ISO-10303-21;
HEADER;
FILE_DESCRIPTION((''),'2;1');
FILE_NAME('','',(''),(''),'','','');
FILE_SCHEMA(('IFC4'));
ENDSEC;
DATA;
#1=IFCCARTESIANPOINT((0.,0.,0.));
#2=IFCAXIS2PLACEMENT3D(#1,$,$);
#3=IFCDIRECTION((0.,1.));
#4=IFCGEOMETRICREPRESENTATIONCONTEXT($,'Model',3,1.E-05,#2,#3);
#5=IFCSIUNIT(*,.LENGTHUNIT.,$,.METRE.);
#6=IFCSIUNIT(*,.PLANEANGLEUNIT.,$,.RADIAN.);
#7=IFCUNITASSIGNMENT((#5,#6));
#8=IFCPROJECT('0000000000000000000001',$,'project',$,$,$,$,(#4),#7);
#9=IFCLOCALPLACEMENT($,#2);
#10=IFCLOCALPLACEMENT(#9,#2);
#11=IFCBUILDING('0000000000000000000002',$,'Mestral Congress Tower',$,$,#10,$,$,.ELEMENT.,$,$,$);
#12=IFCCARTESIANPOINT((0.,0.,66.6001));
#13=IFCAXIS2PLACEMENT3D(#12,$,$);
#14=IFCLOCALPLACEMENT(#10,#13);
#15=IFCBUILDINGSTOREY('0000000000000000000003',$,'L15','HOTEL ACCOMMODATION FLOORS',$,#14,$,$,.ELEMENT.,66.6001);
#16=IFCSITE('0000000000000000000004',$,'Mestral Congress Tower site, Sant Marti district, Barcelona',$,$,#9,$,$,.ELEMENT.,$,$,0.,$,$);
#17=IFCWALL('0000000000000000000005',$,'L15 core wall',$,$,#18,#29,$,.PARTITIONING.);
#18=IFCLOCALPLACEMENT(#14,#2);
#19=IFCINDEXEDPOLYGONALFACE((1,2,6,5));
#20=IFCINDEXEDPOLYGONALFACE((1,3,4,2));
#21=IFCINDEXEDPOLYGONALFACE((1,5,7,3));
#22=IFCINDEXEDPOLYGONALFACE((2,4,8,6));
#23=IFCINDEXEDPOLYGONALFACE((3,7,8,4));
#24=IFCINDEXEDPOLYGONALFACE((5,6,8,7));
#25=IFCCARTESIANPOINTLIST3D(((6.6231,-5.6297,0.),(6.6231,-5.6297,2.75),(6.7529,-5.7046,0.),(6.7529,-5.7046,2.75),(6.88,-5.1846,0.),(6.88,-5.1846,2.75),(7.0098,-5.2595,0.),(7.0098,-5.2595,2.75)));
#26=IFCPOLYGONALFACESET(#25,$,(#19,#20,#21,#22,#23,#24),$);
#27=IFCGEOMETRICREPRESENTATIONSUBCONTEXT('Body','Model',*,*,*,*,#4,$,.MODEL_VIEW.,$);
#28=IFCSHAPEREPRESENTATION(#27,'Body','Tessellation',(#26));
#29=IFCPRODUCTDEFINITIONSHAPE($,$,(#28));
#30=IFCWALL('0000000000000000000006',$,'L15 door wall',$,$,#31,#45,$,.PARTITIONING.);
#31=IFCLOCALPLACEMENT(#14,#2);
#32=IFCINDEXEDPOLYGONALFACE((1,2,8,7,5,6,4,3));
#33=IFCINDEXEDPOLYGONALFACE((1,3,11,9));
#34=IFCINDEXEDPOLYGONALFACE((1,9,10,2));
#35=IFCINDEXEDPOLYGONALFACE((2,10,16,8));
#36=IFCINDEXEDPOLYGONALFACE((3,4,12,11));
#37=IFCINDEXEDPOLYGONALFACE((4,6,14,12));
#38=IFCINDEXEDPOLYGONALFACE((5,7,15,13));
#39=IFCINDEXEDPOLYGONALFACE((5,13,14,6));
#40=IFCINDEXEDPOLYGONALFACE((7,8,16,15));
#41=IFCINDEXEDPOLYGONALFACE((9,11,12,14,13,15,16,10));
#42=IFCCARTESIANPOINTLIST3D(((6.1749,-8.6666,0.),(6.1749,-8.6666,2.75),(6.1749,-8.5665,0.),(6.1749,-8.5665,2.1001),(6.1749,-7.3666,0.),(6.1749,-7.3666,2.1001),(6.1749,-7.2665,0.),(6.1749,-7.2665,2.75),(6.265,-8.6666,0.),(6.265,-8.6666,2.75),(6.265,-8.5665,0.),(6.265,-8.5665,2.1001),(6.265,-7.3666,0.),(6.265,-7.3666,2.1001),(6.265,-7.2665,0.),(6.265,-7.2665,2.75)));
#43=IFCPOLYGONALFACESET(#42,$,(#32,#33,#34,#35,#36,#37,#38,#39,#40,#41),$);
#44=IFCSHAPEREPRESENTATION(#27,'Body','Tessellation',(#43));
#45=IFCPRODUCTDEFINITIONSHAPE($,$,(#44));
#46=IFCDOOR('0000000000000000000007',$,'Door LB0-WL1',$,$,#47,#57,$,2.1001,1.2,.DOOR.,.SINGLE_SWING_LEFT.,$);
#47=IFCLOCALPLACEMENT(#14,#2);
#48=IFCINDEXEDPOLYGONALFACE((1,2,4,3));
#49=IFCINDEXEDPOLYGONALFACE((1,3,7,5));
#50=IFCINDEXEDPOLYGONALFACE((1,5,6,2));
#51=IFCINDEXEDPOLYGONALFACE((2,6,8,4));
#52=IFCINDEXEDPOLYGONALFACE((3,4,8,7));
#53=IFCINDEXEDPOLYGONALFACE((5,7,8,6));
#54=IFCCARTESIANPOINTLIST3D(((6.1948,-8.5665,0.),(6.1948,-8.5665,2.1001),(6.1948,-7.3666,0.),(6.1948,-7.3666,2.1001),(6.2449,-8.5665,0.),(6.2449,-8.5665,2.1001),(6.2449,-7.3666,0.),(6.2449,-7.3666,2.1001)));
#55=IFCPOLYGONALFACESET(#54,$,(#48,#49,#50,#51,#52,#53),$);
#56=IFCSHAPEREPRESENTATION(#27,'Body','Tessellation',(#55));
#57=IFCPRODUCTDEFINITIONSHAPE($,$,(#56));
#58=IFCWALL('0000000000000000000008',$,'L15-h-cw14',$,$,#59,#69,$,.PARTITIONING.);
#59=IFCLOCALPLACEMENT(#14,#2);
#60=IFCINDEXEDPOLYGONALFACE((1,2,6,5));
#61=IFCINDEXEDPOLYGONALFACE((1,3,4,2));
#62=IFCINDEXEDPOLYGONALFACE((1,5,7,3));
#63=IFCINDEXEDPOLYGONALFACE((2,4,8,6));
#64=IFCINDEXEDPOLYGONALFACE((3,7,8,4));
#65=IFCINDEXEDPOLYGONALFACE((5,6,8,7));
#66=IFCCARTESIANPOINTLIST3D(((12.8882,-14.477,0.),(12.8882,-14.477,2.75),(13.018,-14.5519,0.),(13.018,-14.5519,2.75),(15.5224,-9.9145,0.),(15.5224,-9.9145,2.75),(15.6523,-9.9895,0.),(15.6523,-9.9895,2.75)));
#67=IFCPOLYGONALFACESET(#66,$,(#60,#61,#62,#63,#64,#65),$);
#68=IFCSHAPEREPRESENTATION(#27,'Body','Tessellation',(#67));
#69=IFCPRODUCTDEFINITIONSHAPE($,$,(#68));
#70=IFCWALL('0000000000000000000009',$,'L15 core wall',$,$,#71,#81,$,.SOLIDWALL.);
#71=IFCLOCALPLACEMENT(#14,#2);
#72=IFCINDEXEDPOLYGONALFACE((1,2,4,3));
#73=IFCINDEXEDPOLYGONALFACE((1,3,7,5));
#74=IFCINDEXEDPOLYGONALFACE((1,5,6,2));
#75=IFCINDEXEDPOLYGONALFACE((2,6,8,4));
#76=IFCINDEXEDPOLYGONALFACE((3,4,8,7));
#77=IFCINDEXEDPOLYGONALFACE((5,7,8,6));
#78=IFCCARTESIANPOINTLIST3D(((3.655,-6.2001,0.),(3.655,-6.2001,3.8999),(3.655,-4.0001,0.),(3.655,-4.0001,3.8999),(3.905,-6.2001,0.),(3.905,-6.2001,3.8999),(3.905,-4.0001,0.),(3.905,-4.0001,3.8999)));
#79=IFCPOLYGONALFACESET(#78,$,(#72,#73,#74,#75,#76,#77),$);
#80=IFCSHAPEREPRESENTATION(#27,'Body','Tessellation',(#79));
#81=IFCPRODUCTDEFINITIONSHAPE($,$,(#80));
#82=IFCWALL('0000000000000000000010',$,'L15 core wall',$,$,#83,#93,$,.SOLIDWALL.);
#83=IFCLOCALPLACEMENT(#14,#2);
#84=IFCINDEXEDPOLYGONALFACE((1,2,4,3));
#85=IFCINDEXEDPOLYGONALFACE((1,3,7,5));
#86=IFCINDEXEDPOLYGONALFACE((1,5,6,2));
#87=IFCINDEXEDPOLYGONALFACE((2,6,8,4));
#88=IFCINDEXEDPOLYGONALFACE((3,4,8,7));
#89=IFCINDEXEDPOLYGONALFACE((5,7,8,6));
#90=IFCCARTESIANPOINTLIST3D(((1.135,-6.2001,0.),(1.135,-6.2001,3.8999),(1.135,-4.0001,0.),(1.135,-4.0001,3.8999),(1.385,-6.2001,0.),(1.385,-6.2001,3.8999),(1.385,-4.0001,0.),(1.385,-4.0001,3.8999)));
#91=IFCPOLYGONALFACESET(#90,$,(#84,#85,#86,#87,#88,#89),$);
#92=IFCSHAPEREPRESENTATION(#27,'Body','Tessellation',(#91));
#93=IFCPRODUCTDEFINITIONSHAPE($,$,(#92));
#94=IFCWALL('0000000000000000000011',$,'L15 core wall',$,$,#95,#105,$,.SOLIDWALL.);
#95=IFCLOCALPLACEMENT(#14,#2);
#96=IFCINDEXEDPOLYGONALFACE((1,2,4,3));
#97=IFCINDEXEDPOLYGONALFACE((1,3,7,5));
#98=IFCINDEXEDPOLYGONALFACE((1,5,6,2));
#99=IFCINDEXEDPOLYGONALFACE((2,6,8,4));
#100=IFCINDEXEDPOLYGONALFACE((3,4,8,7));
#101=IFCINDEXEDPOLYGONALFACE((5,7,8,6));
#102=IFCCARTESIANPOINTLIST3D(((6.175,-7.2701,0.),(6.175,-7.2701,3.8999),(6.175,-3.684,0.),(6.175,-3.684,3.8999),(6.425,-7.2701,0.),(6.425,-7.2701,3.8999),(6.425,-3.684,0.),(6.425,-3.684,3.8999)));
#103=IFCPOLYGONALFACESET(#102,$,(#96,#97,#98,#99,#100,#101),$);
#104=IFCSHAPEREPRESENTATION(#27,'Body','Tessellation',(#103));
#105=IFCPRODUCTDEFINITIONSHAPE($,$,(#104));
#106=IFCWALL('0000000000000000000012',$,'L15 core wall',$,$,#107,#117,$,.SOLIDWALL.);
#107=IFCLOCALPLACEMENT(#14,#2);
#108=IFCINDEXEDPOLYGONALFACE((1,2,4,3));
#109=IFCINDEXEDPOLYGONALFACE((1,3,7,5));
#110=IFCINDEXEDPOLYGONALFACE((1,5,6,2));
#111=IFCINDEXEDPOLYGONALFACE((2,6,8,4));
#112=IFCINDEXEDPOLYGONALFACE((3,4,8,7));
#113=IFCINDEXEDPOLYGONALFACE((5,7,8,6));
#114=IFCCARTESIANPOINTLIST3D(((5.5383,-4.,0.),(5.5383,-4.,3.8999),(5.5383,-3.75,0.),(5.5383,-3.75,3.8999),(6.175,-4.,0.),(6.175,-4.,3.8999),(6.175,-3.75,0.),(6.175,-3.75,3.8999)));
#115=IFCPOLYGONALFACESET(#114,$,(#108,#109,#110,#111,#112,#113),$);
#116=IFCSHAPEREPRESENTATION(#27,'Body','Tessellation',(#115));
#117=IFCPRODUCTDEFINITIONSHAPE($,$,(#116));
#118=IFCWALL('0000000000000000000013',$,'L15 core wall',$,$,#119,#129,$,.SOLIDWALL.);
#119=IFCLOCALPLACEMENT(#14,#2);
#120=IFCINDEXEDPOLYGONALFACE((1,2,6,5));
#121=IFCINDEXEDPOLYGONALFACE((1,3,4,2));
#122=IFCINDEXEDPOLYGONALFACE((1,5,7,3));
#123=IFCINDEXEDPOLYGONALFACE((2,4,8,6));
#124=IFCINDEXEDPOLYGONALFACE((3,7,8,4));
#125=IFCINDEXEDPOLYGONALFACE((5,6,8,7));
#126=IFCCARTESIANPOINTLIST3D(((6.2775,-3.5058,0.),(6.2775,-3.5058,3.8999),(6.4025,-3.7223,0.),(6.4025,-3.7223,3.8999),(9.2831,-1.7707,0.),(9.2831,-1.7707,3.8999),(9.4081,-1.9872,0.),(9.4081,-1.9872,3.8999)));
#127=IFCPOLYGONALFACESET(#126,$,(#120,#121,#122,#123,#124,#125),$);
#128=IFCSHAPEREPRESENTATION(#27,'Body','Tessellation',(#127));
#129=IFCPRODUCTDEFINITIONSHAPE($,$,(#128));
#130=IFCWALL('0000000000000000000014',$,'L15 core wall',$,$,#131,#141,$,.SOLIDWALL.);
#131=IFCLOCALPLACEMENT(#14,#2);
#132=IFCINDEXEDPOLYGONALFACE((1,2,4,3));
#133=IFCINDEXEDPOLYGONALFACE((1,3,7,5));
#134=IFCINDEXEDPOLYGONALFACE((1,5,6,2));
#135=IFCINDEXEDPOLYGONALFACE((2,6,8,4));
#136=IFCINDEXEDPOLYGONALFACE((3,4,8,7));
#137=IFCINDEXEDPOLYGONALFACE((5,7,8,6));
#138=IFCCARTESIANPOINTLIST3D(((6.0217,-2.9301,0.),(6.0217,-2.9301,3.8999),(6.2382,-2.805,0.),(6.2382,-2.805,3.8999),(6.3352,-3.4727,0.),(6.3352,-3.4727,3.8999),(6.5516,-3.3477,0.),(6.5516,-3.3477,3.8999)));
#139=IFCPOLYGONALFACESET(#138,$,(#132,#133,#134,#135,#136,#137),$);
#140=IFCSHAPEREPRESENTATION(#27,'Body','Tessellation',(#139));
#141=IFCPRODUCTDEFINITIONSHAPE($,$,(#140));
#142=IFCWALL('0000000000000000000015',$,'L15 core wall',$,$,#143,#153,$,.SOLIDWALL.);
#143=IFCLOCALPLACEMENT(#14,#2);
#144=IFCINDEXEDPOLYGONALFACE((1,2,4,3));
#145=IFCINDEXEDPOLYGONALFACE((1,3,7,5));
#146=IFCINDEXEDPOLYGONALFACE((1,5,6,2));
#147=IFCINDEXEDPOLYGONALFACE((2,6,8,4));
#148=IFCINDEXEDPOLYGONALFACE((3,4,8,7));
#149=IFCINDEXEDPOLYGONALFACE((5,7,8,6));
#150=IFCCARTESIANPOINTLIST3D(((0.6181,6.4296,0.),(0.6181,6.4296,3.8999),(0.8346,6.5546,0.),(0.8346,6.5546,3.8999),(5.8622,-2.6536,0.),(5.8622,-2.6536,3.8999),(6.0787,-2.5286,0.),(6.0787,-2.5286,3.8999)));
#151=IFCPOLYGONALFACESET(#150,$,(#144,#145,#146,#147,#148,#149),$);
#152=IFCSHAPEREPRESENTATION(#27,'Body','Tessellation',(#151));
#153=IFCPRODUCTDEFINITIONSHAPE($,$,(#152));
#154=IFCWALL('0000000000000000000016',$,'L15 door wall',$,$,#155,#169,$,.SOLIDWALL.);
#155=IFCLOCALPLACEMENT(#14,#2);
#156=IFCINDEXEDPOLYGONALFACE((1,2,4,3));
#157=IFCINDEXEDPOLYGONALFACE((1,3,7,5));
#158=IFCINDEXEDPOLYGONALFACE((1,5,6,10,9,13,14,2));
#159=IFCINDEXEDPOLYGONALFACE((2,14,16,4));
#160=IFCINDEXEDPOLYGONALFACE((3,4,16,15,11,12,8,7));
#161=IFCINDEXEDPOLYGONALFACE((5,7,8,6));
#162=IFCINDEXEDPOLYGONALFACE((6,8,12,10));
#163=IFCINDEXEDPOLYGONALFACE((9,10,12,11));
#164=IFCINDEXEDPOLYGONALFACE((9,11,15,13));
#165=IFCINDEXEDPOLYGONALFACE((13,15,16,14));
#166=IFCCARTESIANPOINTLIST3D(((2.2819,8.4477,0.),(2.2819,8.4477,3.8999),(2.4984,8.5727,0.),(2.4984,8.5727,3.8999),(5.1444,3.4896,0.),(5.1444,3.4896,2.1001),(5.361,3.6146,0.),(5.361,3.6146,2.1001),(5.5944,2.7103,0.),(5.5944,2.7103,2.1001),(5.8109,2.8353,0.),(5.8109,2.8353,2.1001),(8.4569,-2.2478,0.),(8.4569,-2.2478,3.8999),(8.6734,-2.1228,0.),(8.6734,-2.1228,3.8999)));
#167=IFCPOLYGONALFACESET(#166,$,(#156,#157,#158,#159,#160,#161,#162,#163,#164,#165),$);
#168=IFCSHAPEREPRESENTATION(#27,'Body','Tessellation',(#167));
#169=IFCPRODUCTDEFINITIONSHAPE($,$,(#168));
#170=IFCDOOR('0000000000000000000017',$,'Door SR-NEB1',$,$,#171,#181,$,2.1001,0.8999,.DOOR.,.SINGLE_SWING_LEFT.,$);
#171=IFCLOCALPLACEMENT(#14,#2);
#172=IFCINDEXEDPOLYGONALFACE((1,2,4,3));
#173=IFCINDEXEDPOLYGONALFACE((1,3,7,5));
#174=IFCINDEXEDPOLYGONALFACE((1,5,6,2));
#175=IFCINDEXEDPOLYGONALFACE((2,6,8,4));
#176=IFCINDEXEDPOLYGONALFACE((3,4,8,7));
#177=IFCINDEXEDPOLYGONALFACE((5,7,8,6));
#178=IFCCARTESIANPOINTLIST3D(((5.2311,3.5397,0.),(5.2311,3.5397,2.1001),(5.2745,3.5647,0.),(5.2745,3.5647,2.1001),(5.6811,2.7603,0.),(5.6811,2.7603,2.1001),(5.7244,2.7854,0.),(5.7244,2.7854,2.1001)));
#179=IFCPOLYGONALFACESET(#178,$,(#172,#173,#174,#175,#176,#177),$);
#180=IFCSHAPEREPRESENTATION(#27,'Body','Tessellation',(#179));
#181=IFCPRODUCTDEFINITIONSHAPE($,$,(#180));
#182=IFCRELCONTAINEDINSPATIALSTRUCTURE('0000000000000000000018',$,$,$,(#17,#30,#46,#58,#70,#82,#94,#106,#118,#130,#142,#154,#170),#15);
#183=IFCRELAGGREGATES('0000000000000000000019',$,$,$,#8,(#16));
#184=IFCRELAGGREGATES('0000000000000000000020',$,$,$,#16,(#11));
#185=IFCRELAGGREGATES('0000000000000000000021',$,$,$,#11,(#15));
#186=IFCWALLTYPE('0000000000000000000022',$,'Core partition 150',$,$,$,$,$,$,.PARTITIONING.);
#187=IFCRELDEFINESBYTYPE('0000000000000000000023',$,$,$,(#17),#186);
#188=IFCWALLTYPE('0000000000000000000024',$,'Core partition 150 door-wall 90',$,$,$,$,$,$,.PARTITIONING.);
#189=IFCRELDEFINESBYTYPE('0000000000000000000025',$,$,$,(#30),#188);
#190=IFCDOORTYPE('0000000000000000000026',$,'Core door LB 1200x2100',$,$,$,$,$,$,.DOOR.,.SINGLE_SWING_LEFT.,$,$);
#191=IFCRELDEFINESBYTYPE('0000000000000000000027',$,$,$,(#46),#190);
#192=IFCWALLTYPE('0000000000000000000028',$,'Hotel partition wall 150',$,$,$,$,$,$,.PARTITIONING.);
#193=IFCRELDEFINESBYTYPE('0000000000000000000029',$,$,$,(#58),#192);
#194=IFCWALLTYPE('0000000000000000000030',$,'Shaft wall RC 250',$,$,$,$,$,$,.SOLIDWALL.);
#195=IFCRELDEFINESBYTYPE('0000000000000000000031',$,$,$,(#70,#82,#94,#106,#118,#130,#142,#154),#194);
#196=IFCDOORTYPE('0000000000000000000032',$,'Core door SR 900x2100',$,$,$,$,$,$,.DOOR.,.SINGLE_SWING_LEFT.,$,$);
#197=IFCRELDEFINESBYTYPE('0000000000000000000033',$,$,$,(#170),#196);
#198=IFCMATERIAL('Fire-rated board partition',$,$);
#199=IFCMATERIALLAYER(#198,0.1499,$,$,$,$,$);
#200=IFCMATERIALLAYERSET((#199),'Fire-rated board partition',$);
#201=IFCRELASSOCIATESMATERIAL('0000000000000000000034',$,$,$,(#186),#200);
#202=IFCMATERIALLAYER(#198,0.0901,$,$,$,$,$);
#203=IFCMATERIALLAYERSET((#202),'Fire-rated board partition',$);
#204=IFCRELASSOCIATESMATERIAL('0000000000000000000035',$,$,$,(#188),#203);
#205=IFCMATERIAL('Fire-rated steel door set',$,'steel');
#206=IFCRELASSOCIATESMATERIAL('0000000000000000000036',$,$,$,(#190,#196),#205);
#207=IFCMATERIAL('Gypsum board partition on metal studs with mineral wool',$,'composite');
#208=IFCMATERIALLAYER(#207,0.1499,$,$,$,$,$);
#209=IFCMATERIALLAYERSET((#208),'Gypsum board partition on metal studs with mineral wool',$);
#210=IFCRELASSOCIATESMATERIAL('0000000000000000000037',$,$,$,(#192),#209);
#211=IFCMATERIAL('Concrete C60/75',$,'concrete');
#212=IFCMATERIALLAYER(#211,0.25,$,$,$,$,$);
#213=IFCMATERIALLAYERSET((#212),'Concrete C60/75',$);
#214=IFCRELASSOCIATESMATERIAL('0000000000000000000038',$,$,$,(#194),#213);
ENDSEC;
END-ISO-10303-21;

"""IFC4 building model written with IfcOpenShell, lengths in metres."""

from ifc_helpers import new_model, si_unit, direction, frame, frame_2d, origin, place, context, subcontext, project, spatial, rectangle, extrude, material, layer, layer_set, type_object, element, fill, save


model = new_model("IFC4")

# Units and contexts
model_context = context("Model", 3, precision=1e-05, world=origin(), true_north=direction((0.0, 1.0)))
body_context = subcontext(model_context, "Body", "Model", "MODEL_VIEW")
ifc_project = project(units=[si_unit("LENGTHUNIT", "METRE"), si_unit("PLANEANGLEUNIT", "RADIAN")], contexts=[model_context])

# Site, building, storey
site_placement = place(None, origin())
site = spatial("IfcSite", under=ifc_project, at=site_placement, Name="Mestral Congress Tower site, Sant Marti district, Barcelona", CompositionType="ELEMENT", RefElevation=0.0)
building_placement = place(site_placement, origin())
building = spatial("IfcBuilding", under=site, at=building_placement, Name="Mestral Congress Tower", CompositionType="ELEMENT")
storey_placement = place(building_placement, frame((0.0, 0.0, 66.6001)))
storey = spatial("IfcBuildingStorey", under=building, at=storey_placement, Name="L15", Description="HOTEL ACCOMMODATION FLOORS", CompositionType="ELEMENT", Elevation=66.6001)

# Wall
ifc_material_1 = material(Name="Fire-rated board partition")
ifc_layer_1 = layer(ifc_material_1, 0.1499)
ifc_layer_set_1 = layer_set([ifc_layer_1], Name="Fire-rated board partition")
wall_type_1 = type_object("IfcWallType", Name="Core partition 150", PredefinedType="PARTITIONING", material=ifc_layer_set_1)
wall_1_placement = place(storey_placement, frame((6.9448, -5.2222, 0.0), z_axis=(0.0, 0.0, 1.0), x_axis=(-0.499818, -0.86613, 0.0)))
element("IfcWall", 1, at=wall_1_placement, inside=storey, type_object=wall_type_1, Name="L15 core wall", PredefinedType="PARTITIONING", context=body_context, shape_type="SweptSolid", body=[
    extrude(rectangle(XDim=0.5139, YDim=0.1499, at=frame_2d((0.2568, 0.0))), origin(), (0.0, 0.0, 1.0), 2.75),
])

# Wall, opening, door
ifc_layer_2 = layer(ifc_material_1, 0.0901)
ifc_layer_set_2 = layer_set([ifc_layer_2], Name="Fire-rated board partition")
wall_type_2 = type_object("IfcWallType", Name="Core partition 150 door-wall 90", PredefinedType="PARTITIONING", material=ifc_layer_set_2)
wall_2_placement = place(storey_placement, frame((6.22, -7.2664, 0.0), z_axis=(0.0, 0.0, 1.0), x_axis=(0.0, -1.0, 0.0)))
wall_2 = element("IfcWall", 2, at=wall_2_placement, inside=storey, type_object=wall_type_2, Name="L15 door wall", PredefinedType="PARTITIONING", context=body_context, shape_type="SweptSolid", body=[
    extrude(rectangle(XDim=1.4001, YDim=0.0901, at=frame_2d((0.7002, 0.0))), origin(), (0.0, 0.0, 1.0), 2.75),
])
opening_1_placement = place(wall_2_placement, frame((0.1001, 0.0, 0.0)))
opening_1 = element("IfcOpeningElement", 3, at=opening_1_placement, cuts=wall_2, PredefinedType="OPENING", context=body_context, shape_type="SweptSolid", body=[
    extrude(rectangle(XDim=1.2, YDim=2.1001, at=frame_2d((0.6001, 1.05))), frame((0.0, 0.0549, 0.0), z_axis=(0.0, -1.0, 0.0), x_axis=(1.0, 0.0, 0.0)), (0.0, 0.0, 1.0), 0.1101),
])
ifc_material_2 = material(Name="Fire-rated steel door set", Category="steel")
door_type_1 = type_object("IfcDoorType", Name="Core door LB 1200x2100", OperationType="SINGLE_SWING_LEFT", PredefinedType="DOOR", material=ifc_material_2)
door_1_placement = place(opening_1_placement, origin())
door_1 = element("IfcDoor", 4, at=door_1_placement, inside=storey, type_object=door_type_1, Name="Door LB0-WL1", OperationType="SINGLE_SWING_LEFT", OverallHeight=2.1001, OverallWidth=1.2, PredefinedType="DOOR", context=body_context, shape_type="SweptSolid", body=[
    extrude(rectangle(XDim=1.2, YDim=2.1001, at=frame_2d((0.6001, 1.05))), frame((0.0, 0.0249, 0.0), z_axis=(0.0, -1.0, 0.0), x_axis=(1.0, 0.0, 0.0)), (0.0, 0.0, 1.0), 0.05),
])
fill(opening_1, door_1)

# Walls
ifc_material_3 = material(Name="Gypsum board partition on metal studs with mineral wool", Category="composite")
ifc_layer_3 = layer(ifc_material_3, 0.1499)
ifc_layer_set_3 = layer_set([ifc_layer_3], Name="Gypsum board partition on metal studs with mineral wool")
wall_type_3 = type_object("IfcWallType", Name="Hotel partition wall 150", PredefinedType="PARTITIONING", material=ifc_layer_set_3)
wall_3_placement = place(storey_placement, frame((15.5874, -9.9519, 0.0), z_axis=(0.0, 0.0, 1.0), x_axis=(-0.500017, -0.866016, 0.0)))
element("IfcWall", 5, at=wall_3_placement, inside=storey, type_object=wall_type_3, Name="L15-h-cw14", PredefinedType="PARTITIONING", context=body_context, shape_type="SweptSolid", body=[
    extrude(rectangle(XDim=5.2683, YDim=0.1499, at=frame_2d((2.6343, 0.0))), origin(), (0.0, 0.0, 1.0), 2.75),
])
ifc_material_4 = material(Name="Concrete C60/75", Category="concrete")
ifc_layer_4 = layer(ifc_material_4, 0.25)
ifc_layer_set_4 = layer_set([ifc_layer_4], Name="Concrete C60/75")
wall_type_4 = type_object("IfcWallType", Name="Shaft wall RC 250", PredefinedType="SOLIDWALL", material=ifc_layer_set_4)
for number, where, z_axis, x_axis, name in (
    (6, (3.78, -4.0, 0.0), (0.0, 0.0, 1.0), (0.0, -1.0, 0.0), "L15 core wall"),
    (7, (1.26, -4.0, 0.0), (0.0, 0.0, 1.0), (0.0, -1.0, 0.0), "L15 core wall"),
):
    element("IfcWall", number, at=place(storey_placement, frame(where, z_axis=z_axis, x_axis=x_axis)), inside=storey, type_object=wall_type_4, Name=name, PredefinedType="SOLIDWALL", context=body_context, shape_type="SweptSolid", body=[
        extrude(rectangle(XDim=2.2, YDim=0.25, at=frame_2d((1.1001, 0.0))), origin(), (0.0, 0.0, 1.0), 3.8999),
    ])
wall_4_placement = place(storey_placement, frame((6.3, -7.27, 0.0), z_axis=(0.0, 0.0, 1.0), x_axis=(0.0, 1.0, 0.0)))
element("IfcWall", 8, at=wall_4_placement, inside=storey, type_object=wall_type_4, Name="L15 core wall", PredefinedType="SOLIDWALL", context=body_context, shape_type="SweptSolid", body=[
    extrude(rectangle(XDim=3.5862, YDim=0.25, at=frame_2d((1.793, 0.0))), origin(), (0.0, 0.0, 1.0), 3.8999),
])
wall_5_placement = place(storey_placement, frame((5.5383, -3.875, 0.0), z_axis=(0.0, 0.0, 1.0), x_axis=(1.0, 0.0, 0.0)))
element("IfcWall", 9, at=wall_5_placement, inside=storey, type_object=wall_type_4, Name="L15 core wall", PredefinedType="SOLIDWALL", context=body_context, shape_type="SweptSolid", body=[
    extrude(rectangle(XDim=0.6367, YDim=0.25, at=frame_2d((0.3184, 0.0))), origin(), (0.0, 0.0, 1.0), 3.8999),
])
wall_6_placement = place(storey_placement, frame((9.3457, -1.8789, 0.0), z_axis=(0.0, 0.0, 1.0), x_axis=(-0.866049, -0.49996, 0.0)))
element("IfcWall", 10, at=wall_6_placement, inside=storey, type_object=wall_type_4, Name="L15 core wall", PredefinedType="SOLIDWALL", context=body_context, shape_type="SweptSolid", body=[
    extrude(rectangle(XDim=3.4705, YDim=0.25, at=frame_2d((1.7354, 0.0))), origin(), (0.0, 0.0, 1.0), 3.8999),
])
wall_7_placement = place(storey_placement, frame((6.1299, -2.8674, 0.0), z_axis=(0.0, 0.0, 1.0), x_axis=(0.500161, -0.865933, 0.0)))
element("IfcWall", 11, at=wall_7_placement, inside=storey, type_object=wall_type_4, Name="L15 core wall", PredefinedType="SOLIDWALL", context=body_context, shape_type="SweptSolid", body=[
    extrude(rectangle(XDim=0.6267, YDim=0.25, at=frame_2d((0.3135, 0.0))), origin(), (0.0, 0.0, 1.0), 3.8999),
])
wall_8_placement = place(storey_placement, frame((5.9705, -2.5911, 0.0), z_axis=(0.0, 0.0, 1.0), x_axis=(-0.499994, 0.866029, 0.0)))
element("IfcWall", 12, at=wall_8_placement, inside=storey, type_object=wall_type_4, Name="L15 core wall", PredefinedType="SOLIDWALL", context=body_context, shape_type="SweptSolid", body=[
    extrude(rectangle(XDim=10.4883, YDim=0.25, at=frame_2d((5.2441, 0.0))), origin(), (0.0, 0.0, 1.0), 3.8999),
])

# Wall, opening, door
wall_9_placement = place(storey_placement, frame((8.5652, -2.1853, 0.0), z_axis=(0.0, 0.0, 1.0), x_axis=(-0.499998, 0.866027, 0.0)))
wall_9 = element("IfcWall", 13, at=wall_9_placement, inside=storey, type_object=wall_type_4, Name="L15 door wall", PredefinedType="SOLIDWALL", context=body_context, shape_type="SweptSolid", body=[
    extrude(rectangle(XDim=12.3501, YDim=0.25, at=frame_2d((6.175, 0.0))), origin(), (0.0, 0.0, 1.0), 3.8999),
])
opening_2_placement = place(wall_9_placement, frame((5.7251, 0.0, 0.0)))
opening_2 = element("IfcOpeningElement", 14, at=opening_2_placement, cuts=wall_9, PredefinedType="OPENING", context=body_context, shape_type="SweptSolid", body=[
    extrude(rectangle(XDim=0.8999, YDim=2.1001, at=frame_2d((0.45, 1.05))), frame((0.0, 0.135, 0.0), z_axis=(0.0, -1.0, 0.0), x_axis=(1.0, 0.0, 0.0)), (0.0, 0.0, 1.0), 0.27),
])
door_type_2 = type_object("IfcDoorType", Name="Core door SR 900x2100", OperationType="SINGLE_SWING_LEFT", PredefinedType="DOOR", material=ifc_material_2)
door_2_placement = place(opening_2_placement, origin())
door_2 = element("IfcDoor", 15, at=door_2_placement, inside=storey, type_object=door_type_2, Name="Door SR-NEB1", OperationType="SINGLE_SWING_LEFT", OverallHeight=2.1001, OverallWidth=0.8999, PredefinedType="DOOR", context=body_context, shape_type="SweptSolid", body=[
    extrude(rectangle(XDim=0.8999, YDim=2.1001, at=frame_2d((0.45, 1.05))), frame((0.0, 0.0249, 0.0), z_axis=(0.0, -1.0, 0.0), x_axis=(1.0, 0.0, 0.0)), (0.0, 0.0, 1.0), 0.05),
])
fill(opening_2, door_2)

save(model, "model.ifc")
